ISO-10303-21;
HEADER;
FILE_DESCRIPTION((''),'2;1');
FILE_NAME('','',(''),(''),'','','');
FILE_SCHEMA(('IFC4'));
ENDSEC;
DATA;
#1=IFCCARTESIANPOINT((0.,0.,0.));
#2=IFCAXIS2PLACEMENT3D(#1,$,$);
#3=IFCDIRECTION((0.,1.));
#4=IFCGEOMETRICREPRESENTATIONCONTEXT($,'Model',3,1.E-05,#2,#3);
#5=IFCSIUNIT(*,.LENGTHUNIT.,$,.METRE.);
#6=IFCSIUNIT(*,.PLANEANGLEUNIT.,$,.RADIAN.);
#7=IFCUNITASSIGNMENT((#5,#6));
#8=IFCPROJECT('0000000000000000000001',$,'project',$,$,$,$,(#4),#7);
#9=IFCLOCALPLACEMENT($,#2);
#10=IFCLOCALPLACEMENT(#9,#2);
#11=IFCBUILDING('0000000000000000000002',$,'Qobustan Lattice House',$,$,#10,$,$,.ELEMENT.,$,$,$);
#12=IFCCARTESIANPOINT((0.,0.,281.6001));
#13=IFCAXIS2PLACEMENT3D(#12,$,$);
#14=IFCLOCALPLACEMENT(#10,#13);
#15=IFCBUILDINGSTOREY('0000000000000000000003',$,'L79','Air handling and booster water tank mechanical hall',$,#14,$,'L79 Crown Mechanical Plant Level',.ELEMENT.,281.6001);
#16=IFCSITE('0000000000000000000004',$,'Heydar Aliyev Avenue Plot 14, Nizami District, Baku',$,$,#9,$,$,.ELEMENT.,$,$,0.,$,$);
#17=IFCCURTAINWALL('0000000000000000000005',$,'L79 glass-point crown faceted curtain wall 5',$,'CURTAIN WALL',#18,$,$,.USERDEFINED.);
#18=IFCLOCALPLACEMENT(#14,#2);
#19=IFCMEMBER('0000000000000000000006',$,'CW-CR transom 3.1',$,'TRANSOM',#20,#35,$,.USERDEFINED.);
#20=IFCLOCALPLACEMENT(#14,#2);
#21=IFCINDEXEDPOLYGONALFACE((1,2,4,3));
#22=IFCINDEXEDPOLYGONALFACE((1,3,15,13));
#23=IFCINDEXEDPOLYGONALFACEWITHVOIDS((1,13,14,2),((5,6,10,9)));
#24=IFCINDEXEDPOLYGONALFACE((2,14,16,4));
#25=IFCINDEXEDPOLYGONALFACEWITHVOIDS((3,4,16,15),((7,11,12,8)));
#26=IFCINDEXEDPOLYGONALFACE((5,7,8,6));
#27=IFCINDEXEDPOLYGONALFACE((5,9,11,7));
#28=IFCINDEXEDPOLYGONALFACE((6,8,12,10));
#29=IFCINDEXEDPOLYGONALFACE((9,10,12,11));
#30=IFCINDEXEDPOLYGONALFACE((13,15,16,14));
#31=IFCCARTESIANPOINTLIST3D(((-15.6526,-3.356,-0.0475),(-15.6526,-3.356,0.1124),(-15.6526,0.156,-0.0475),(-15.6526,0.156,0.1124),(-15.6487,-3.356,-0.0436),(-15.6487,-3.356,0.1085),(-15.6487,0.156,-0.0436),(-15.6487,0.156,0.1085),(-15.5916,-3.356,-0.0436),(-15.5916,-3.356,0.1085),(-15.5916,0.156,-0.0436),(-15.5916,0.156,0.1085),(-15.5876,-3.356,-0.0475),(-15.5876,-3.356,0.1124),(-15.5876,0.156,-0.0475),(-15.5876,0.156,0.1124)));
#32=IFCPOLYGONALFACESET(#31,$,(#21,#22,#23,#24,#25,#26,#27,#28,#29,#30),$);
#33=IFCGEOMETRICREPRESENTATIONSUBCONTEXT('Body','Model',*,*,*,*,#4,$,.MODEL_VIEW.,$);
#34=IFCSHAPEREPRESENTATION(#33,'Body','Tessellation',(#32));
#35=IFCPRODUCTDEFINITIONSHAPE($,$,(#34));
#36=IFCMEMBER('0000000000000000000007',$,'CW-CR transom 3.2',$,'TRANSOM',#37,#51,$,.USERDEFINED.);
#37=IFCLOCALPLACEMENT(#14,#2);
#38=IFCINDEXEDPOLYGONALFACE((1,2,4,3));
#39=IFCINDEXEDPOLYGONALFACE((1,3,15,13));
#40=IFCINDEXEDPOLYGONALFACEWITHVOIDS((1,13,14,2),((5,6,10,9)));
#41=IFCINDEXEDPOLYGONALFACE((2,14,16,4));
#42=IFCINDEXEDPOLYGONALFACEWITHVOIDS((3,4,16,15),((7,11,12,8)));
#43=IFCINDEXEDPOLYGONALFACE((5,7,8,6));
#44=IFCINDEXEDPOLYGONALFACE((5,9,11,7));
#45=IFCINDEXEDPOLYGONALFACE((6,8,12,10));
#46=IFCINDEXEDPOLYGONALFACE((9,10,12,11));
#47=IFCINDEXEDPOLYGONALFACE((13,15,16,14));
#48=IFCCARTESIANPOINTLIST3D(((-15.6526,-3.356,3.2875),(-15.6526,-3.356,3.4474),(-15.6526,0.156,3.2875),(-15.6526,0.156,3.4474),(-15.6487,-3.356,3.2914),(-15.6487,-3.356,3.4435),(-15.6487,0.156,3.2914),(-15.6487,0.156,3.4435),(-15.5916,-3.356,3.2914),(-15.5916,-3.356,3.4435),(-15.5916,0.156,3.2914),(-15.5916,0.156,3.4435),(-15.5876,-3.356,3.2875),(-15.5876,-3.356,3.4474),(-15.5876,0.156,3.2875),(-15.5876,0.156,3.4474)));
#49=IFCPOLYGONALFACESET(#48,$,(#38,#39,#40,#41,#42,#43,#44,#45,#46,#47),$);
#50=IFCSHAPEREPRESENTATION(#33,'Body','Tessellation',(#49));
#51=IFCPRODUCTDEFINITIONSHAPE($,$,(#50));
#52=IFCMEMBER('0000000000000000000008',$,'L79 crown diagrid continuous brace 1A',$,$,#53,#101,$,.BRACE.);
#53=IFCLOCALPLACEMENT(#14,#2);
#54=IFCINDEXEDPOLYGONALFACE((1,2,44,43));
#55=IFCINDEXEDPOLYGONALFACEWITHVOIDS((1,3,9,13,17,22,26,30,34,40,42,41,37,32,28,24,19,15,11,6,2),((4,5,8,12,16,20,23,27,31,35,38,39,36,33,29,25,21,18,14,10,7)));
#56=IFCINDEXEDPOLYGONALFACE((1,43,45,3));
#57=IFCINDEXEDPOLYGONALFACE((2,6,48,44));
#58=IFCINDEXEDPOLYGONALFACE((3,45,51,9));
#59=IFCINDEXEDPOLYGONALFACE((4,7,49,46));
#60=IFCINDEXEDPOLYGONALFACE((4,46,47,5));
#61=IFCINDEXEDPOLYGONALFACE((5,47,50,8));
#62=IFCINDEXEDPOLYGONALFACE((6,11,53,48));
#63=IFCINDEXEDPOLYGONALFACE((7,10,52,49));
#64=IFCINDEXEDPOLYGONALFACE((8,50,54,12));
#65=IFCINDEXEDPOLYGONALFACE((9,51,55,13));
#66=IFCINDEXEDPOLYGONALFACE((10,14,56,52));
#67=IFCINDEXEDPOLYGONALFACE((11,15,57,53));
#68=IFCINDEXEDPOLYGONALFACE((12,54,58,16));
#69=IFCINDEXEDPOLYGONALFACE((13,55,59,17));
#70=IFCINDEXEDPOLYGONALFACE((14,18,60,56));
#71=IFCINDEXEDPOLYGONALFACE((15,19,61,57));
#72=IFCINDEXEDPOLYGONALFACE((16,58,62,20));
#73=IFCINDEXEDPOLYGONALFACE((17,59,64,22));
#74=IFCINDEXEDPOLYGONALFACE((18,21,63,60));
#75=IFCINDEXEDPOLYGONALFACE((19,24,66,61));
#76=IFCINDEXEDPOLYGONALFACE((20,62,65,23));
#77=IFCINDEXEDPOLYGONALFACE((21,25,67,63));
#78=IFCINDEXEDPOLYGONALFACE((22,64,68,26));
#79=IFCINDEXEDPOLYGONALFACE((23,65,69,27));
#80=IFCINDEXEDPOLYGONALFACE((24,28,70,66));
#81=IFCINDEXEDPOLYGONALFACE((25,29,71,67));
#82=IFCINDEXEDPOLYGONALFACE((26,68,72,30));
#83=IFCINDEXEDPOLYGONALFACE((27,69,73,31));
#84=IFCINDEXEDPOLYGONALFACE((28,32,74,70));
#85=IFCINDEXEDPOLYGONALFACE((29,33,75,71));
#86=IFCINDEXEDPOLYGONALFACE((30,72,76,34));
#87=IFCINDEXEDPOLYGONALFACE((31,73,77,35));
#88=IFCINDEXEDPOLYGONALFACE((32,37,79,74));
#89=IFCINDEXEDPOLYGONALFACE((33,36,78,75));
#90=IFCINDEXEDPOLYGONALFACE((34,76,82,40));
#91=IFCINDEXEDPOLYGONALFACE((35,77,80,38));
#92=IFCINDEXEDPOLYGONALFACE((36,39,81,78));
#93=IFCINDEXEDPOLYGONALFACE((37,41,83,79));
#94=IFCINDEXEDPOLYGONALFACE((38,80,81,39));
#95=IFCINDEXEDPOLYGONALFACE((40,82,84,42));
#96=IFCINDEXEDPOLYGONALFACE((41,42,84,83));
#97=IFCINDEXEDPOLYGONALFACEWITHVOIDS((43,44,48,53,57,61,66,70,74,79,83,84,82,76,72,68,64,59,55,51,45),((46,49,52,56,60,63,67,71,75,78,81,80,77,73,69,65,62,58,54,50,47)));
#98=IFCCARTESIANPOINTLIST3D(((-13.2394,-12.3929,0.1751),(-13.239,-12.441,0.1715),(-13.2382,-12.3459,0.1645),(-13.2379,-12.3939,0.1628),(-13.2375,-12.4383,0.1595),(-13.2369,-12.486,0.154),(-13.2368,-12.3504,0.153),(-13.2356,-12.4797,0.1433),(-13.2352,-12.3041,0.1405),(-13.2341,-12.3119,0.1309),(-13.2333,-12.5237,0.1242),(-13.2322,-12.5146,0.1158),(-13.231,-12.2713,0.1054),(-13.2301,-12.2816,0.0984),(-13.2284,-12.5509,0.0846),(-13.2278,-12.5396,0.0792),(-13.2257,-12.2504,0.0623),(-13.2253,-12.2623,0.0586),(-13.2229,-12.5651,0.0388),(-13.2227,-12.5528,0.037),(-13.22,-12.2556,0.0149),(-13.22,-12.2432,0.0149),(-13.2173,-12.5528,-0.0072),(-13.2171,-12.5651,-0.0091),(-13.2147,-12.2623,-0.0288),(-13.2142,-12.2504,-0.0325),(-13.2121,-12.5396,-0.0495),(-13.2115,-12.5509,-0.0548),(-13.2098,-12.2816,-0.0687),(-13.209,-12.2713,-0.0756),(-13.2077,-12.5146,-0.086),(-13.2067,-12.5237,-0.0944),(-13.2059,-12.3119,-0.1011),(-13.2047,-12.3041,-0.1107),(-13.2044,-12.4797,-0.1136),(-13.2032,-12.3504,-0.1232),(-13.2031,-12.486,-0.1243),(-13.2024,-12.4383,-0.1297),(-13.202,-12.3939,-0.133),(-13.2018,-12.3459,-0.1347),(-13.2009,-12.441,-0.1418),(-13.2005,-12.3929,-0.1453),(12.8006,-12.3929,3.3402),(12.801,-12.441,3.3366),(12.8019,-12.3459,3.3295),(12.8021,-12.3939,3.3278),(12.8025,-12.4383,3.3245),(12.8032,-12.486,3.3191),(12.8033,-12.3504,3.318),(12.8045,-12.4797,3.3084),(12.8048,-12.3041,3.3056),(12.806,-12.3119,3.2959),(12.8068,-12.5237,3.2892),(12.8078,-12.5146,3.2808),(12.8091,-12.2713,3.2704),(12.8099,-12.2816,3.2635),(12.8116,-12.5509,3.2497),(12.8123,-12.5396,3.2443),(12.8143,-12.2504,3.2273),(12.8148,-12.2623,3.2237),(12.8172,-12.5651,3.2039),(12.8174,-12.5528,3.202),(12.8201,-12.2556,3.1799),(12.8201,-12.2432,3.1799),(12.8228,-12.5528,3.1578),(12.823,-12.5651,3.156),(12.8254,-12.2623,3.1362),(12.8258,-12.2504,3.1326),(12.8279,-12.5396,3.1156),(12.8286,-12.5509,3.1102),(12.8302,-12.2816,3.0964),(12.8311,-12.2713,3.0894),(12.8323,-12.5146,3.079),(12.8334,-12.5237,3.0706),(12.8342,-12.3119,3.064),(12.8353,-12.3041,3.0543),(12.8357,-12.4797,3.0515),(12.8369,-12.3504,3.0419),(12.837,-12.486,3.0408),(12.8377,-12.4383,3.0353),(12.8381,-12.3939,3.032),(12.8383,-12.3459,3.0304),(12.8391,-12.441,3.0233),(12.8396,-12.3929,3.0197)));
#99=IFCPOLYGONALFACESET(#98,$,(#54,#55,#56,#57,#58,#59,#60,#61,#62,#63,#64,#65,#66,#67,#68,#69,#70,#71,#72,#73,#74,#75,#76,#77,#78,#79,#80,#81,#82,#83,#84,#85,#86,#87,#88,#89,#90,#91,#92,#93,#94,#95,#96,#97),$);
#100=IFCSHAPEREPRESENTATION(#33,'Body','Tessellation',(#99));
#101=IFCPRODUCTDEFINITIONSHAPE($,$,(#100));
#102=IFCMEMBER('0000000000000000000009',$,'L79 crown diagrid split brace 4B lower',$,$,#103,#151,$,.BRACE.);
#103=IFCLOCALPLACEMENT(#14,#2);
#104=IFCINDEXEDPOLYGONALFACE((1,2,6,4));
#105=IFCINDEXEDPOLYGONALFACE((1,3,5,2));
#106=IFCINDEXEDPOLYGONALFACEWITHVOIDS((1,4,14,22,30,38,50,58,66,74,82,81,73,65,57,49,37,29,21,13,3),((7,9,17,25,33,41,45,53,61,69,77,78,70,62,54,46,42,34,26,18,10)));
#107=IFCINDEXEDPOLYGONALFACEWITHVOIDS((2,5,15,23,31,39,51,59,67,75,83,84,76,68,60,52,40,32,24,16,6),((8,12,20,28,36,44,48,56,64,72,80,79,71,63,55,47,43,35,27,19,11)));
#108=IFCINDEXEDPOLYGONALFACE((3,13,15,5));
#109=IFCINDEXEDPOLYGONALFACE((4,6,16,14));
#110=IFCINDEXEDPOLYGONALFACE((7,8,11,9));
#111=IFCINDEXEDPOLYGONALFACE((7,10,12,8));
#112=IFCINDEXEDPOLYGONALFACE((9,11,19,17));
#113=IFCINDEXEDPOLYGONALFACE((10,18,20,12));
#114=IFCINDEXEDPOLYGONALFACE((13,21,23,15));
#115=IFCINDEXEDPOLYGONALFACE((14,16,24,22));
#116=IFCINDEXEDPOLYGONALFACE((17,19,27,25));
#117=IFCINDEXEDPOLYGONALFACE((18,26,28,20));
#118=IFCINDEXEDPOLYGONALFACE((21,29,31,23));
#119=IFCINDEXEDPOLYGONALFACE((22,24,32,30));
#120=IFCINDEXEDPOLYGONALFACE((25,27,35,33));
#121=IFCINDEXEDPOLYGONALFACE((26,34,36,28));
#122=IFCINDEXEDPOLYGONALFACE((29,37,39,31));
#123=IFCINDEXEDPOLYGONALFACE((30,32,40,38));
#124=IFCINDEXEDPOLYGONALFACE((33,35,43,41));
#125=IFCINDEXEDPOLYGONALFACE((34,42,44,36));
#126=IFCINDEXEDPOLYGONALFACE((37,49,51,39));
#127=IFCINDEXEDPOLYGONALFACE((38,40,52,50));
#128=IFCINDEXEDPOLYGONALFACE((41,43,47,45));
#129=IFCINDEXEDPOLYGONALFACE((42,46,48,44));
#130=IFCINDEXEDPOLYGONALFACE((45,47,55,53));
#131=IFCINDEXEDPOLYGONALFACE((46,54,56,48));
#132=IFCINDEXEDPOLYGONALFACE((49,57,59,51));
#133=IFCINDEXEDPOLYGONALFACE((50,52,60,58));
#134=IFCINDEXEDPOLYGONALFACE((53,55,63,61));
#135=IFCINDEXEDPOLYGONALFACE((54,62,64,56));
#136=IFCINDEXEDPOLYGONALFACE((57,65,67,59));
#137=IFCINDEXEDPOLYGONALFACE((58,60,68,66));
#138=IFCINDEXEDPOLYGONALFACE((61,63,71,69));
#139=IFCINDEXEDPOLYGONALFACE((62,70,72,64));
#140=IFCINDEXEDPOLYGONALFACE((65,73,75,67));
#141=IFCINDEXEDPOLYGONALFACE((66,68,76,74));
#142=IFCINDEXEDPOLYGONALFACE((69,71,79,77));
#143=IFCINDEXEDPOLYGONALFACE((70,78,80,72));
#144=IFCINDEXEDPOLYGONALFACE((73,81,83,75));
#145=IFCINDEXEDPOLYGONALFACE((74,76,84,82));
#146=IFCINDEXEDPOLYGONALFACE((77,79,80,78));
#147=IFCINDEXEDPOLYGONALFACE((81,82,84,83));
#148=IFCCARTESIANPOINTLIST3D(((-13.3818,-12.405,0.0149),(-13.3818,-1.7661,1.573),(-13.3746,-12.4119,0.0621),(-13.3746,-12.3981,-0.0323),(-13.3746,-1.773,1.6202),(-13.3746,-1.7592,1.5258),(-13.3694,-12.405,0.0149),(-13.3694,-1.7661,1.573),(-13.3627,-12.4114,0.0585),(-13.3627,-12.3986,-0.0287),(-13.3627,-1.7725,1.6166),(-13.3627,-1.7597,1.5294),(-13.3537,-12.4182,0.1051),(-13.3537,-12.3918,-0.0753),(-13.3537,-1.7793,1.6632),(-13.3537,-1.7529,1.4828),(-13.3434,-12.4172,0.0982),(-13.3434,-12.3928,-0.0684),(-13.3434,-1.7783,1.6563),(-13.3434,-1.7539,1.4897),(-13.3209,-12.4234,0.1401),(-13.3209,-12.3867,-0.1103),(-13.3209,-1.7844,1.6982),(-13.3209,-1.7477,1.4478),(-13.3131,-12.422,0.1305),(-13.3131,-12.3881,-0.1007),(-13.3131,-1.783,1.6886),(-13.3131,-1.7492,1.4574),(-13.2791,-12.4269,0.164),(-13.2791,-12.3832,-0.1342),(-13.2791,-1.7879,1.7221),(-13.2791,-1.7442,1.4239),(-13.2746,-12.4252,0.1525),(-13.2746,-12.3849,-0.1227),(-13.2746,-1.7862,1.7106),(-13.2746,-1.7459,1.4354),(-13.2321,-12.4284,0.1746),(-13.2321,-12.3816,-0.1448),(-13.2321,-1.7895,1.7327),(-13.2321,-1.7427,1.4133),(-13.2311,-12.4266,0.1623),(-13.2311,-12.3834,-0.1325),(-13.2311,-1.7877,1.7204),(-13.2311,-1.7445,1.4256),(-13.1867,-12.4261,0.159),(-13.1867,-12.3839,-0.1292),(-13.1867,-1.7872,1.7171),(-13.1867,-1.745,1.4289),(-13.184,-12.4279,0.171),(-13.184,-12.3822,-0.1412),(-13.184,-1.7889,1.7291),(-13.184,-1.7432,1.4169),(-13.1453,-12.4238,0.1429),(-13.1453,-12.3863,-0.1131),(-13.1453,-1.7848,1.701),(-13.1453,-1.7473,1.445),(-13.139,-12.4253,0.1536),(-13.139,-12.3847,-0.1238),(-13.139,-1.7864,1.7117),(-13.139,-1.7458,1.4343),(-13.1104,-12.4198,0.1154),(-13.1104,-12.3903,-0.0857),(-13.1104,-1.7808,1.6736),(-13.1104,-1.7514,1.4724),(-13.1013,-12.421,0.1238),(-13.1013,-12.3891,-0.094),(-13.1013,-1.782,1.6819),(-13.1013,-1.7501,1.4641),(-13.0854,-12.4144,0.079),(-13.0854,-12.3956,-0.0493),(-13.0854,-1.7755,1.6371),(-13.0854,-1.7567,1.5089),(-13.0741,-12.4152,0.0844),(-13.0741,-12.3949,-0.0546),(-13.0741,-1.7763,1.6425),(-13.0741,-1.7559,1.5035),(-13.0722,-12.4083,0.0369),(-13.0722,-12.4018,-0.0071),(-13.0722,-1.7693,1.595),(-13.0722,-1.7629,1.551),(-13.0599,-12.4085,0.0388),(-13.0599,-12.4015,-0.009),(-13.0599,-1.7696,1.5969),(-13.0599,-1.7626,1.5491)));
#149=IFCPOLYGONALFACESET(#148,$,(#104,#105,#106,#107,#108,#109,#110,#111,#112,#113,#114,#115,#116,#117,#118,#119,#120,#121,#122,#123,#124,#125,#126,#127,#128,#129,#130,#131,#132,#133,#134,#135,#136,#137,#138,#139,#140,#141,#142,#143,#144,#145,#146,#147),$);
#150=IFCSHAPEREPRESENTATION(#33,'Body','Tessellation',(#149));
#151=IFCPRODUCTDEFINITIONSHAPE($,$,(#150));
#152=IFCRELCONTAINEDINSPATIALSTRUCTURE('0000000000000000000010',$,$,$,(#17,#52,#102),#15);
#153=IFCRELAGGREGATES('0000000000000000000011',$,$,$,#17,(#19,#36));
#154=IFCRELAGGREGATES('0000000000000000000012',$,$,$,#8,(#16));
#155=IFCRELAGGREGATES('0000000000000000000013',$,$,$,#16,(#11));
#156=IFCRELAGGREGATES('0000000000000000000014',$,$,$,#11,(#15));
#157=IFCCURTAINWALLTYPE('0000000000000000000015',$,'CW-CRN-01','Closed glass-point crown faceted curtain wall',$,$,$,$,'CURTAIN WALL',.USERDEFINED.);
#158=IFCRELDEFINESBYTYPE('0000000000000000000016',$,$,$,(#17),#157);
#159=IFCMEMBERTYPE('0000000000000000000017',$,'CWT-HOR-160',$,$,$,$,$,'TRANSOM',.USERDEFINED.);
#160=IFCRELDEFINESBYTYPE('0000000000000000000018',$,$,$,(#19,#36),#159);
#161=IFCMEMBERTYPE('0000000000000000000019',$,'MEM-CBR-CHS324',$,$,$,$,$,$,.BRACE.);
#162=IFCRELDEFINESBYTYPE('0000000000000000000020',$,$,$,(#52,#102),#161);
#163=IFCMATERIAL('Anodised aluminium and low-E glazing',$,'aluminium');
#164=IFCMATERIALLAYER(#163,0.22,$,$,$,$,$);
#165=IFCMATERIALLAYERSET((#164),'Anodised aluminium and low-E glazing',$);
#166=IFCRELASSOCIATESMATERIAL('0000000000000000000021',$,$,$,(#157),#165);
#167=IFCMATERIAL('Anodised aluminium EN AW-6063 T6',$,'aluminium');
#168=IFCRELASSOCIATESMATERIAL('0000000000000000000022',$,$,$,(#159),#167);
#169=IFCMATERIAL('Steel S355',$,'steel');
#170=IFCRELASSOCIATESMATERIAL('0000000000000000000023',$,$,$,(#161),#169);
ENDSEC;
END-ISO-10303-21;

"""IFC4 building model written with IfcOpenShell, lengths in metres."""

from ifc_helpers import new_model, si_unit, direction, frame, origin, origin_2d, place, context, subcontext, project, spatial, hollow_rectangle, hollow_circle, extrude, material, layer, layer_set, material_profile, profile_set, type_object, element, aggregate, save


model = new_model("IFC4")

# Units and contexts
model_context = context("Model", 3, precision=1e-05, world=origin(), true_north=direction((0.0, 1.0)))
body_context = subcontext(model_context, "Body", "Model", "MODEL_VIEW")
ifc_project = project(units=[si_unit("LENGTHUNIT", "METRE"), si_unit("PLANEANGLEUNIT", "RADIAN")], contexts=[model_context])

# Site, building, storey
site_placement = place(None, origin())
site = spatial("IfcSite", under=ifc_project, at=site_placement, Name="Heydar Aliyev Avenue Plot 14, Nizami District, Baku", CompositionType="ELEMENT", RefElevation=0.0)
building_placement = place(site_placement, origin())
building = spatial("IfcBuilding", under=site, at=building_placement, Name="Qobustan Lattice House", CompositionType="ELEMENT")
storey_placement = place(building_placement, frame((0.0, 0.0, 281.6001)))
storey = spatial("IfcBuildingStorey", under=building, at=storey_placement, Name="L79", Description="Air handling and booster water tank mechanical hall", LongName="L79 Crown Mechanical Plant Level", CompositionType="ELEMENT", Elevation=281.6001)

# Curtain wall
ifc_material_1 = material(Name="Anodised aluminium and low-E glazing", Category="aluminium")
ifc_layer_1 = layer(ifc_material_1, 0.22)
ifc_layer_set_1 = layer_set([ifc_layer_1], Name="Anodised aluminium and low-E glazing")
curtain_wall_type = type_object("IfcCurtainWallType", Name="CW-CRN-01", Description="Closed glass-point crown faceted curtain wall", ElementType="CURTAIN WALL", PredefinedType="USERDEFINED", material=ifc_layer_set_1)
curtain_wall_1_placement = place(storey_placement, origin())
curtain_wall_1 = element("IfcCurtainWall", 1, at=curtain_wall_1_placement, inside=storey, type_object=curtain_wall_type, Name="L79 glass-point crown faceted curtain wall 5", ObjectType="CURTAIN WALL", PredefinedType="USERDEFINED")

# Members
ifc_material_2 = material(Name="Anodised aluminium EN AW-6063 T6", Category="aluminium")
ifc_material_profile_1 = material_profile(ifc_material_2, hollow_rectangle(XDim=0.0649, YDim=0.1599, WallThickness=0.0039, at=origin_2d()), Name="CWT-160x65")
ifc_profile_set_1 = profile_set([ifc_material_profile_1], Name="Anodised aluminium EN AW-6063 T6")
member_type_1 = type_object("IfcMemberType", Name="CWT-HOR-160", ElementType="TRANSOM", PredefinedType="USERDEFINED", material=ifc_profile_set_1)
member_1_placement = place(storey_placement, frame((-15.6201, -3.356, 0.0325), z_axis=(0.0, 1.0, 0.0), x_axis=(-1.0, 0.0, 0.0)))
member_1 = element("IfcMember", 2, at=member_1_placement, type_object=member_type_1, Name="CW-CR transom 3.1", ObjectType="TRANSOM", PredefinedType="USERDEFINED", context=body_context, shape_type="SweptSolid", body=[
    extrude(hollow_rectangle(XDim=0.0649, YDim=0.1599, WallThickness=0.0039, at=origin_2d()), origin(), (0.0, 0.0, 1.0), 3.512),
])
member_2_placement = place(storey_placement, frame((-15.6201, -3.356, 3.3674), z_axis=(0.0, 1.0, 0.0), x_axis=(-1.0, 0.0, 0.0)))
member_2 = element("IfcMember", 3, at=member_2_placement, type_object=member_type_1, Name="CW-CR transom 3.2", ObjectType="TRANSOM", PredefinedType="USERDEFINED", context=body_context, shape_type="SweptSolid", body=[
    extrude(hollow_rectangle(XDim=0.0649, YDim=0.1599, WallThickness=0.0039, at=origin_2d()), origin(), (0.0, 0.0, 1.0), 3.512),
])

# Members
ifc_material_3 = material(Name="Steel S355", Category="steel")
ifc_material_profile_2 = material_profile(ifc_material_3, hollow_circle(Radius=0.1619, WallThickness=0.0125, at=origin_2d()), Name="CHS323.9x12.5")
ifc_profile_set_2 = profile_set([ifc_material_profile_2], Name="Steel S355")
member_type_2 = type_object("IfcMemberType", Name="MEM-CBR-CHS324", PredefinedType="BRACE", material=ifc_profile_set_2)
member_3_placement = place(storey_placement, frame((-13.22, -12.405, 0.0149), z_axis=(0.992694, 0.0, 0.120657), x_axis=(0.0, 1.0, 0.0)))
element("IfcMember", 4, at=member_3_placement, inside=storey, type_object=member_type_2, Name="L79 crown diagrid continuous brace 1A", PredefinedType="BRACE", context=body_context, shape_type="SweptSolid", body=[
    extrude(hollow_circle(Radius=0.1619, WallThickness=0.0125, at=origin_2d()), origin(), (0.0, 0.0, 1.0), 26.2317),
])
member_4_placement = place(storey_placement, frame((-13.22, -12.405, 0.0149), z_axis=(0.0, 0.989445, 0.144908), x_axis=(-1.0, 0.0, 0.0)))
element("IfcMember", 5, at=member_4_placement, inside=storey, type_object=member_type_2, Name="L79 crown diagrid split brace 4B lower", PredefinedType="BRACE", context=body_context, shape_type="SweptSolid", body=[
    extrude(hollow_circle(Radius=0.1619, WallThickness=0.0125, at=origin_2d()), origin(), (0.0, 0.0, 1.0), 10.7524),
])

aggregate(curtain_wall_1, [member_1, member_2])

save(model, "model.ifc")
